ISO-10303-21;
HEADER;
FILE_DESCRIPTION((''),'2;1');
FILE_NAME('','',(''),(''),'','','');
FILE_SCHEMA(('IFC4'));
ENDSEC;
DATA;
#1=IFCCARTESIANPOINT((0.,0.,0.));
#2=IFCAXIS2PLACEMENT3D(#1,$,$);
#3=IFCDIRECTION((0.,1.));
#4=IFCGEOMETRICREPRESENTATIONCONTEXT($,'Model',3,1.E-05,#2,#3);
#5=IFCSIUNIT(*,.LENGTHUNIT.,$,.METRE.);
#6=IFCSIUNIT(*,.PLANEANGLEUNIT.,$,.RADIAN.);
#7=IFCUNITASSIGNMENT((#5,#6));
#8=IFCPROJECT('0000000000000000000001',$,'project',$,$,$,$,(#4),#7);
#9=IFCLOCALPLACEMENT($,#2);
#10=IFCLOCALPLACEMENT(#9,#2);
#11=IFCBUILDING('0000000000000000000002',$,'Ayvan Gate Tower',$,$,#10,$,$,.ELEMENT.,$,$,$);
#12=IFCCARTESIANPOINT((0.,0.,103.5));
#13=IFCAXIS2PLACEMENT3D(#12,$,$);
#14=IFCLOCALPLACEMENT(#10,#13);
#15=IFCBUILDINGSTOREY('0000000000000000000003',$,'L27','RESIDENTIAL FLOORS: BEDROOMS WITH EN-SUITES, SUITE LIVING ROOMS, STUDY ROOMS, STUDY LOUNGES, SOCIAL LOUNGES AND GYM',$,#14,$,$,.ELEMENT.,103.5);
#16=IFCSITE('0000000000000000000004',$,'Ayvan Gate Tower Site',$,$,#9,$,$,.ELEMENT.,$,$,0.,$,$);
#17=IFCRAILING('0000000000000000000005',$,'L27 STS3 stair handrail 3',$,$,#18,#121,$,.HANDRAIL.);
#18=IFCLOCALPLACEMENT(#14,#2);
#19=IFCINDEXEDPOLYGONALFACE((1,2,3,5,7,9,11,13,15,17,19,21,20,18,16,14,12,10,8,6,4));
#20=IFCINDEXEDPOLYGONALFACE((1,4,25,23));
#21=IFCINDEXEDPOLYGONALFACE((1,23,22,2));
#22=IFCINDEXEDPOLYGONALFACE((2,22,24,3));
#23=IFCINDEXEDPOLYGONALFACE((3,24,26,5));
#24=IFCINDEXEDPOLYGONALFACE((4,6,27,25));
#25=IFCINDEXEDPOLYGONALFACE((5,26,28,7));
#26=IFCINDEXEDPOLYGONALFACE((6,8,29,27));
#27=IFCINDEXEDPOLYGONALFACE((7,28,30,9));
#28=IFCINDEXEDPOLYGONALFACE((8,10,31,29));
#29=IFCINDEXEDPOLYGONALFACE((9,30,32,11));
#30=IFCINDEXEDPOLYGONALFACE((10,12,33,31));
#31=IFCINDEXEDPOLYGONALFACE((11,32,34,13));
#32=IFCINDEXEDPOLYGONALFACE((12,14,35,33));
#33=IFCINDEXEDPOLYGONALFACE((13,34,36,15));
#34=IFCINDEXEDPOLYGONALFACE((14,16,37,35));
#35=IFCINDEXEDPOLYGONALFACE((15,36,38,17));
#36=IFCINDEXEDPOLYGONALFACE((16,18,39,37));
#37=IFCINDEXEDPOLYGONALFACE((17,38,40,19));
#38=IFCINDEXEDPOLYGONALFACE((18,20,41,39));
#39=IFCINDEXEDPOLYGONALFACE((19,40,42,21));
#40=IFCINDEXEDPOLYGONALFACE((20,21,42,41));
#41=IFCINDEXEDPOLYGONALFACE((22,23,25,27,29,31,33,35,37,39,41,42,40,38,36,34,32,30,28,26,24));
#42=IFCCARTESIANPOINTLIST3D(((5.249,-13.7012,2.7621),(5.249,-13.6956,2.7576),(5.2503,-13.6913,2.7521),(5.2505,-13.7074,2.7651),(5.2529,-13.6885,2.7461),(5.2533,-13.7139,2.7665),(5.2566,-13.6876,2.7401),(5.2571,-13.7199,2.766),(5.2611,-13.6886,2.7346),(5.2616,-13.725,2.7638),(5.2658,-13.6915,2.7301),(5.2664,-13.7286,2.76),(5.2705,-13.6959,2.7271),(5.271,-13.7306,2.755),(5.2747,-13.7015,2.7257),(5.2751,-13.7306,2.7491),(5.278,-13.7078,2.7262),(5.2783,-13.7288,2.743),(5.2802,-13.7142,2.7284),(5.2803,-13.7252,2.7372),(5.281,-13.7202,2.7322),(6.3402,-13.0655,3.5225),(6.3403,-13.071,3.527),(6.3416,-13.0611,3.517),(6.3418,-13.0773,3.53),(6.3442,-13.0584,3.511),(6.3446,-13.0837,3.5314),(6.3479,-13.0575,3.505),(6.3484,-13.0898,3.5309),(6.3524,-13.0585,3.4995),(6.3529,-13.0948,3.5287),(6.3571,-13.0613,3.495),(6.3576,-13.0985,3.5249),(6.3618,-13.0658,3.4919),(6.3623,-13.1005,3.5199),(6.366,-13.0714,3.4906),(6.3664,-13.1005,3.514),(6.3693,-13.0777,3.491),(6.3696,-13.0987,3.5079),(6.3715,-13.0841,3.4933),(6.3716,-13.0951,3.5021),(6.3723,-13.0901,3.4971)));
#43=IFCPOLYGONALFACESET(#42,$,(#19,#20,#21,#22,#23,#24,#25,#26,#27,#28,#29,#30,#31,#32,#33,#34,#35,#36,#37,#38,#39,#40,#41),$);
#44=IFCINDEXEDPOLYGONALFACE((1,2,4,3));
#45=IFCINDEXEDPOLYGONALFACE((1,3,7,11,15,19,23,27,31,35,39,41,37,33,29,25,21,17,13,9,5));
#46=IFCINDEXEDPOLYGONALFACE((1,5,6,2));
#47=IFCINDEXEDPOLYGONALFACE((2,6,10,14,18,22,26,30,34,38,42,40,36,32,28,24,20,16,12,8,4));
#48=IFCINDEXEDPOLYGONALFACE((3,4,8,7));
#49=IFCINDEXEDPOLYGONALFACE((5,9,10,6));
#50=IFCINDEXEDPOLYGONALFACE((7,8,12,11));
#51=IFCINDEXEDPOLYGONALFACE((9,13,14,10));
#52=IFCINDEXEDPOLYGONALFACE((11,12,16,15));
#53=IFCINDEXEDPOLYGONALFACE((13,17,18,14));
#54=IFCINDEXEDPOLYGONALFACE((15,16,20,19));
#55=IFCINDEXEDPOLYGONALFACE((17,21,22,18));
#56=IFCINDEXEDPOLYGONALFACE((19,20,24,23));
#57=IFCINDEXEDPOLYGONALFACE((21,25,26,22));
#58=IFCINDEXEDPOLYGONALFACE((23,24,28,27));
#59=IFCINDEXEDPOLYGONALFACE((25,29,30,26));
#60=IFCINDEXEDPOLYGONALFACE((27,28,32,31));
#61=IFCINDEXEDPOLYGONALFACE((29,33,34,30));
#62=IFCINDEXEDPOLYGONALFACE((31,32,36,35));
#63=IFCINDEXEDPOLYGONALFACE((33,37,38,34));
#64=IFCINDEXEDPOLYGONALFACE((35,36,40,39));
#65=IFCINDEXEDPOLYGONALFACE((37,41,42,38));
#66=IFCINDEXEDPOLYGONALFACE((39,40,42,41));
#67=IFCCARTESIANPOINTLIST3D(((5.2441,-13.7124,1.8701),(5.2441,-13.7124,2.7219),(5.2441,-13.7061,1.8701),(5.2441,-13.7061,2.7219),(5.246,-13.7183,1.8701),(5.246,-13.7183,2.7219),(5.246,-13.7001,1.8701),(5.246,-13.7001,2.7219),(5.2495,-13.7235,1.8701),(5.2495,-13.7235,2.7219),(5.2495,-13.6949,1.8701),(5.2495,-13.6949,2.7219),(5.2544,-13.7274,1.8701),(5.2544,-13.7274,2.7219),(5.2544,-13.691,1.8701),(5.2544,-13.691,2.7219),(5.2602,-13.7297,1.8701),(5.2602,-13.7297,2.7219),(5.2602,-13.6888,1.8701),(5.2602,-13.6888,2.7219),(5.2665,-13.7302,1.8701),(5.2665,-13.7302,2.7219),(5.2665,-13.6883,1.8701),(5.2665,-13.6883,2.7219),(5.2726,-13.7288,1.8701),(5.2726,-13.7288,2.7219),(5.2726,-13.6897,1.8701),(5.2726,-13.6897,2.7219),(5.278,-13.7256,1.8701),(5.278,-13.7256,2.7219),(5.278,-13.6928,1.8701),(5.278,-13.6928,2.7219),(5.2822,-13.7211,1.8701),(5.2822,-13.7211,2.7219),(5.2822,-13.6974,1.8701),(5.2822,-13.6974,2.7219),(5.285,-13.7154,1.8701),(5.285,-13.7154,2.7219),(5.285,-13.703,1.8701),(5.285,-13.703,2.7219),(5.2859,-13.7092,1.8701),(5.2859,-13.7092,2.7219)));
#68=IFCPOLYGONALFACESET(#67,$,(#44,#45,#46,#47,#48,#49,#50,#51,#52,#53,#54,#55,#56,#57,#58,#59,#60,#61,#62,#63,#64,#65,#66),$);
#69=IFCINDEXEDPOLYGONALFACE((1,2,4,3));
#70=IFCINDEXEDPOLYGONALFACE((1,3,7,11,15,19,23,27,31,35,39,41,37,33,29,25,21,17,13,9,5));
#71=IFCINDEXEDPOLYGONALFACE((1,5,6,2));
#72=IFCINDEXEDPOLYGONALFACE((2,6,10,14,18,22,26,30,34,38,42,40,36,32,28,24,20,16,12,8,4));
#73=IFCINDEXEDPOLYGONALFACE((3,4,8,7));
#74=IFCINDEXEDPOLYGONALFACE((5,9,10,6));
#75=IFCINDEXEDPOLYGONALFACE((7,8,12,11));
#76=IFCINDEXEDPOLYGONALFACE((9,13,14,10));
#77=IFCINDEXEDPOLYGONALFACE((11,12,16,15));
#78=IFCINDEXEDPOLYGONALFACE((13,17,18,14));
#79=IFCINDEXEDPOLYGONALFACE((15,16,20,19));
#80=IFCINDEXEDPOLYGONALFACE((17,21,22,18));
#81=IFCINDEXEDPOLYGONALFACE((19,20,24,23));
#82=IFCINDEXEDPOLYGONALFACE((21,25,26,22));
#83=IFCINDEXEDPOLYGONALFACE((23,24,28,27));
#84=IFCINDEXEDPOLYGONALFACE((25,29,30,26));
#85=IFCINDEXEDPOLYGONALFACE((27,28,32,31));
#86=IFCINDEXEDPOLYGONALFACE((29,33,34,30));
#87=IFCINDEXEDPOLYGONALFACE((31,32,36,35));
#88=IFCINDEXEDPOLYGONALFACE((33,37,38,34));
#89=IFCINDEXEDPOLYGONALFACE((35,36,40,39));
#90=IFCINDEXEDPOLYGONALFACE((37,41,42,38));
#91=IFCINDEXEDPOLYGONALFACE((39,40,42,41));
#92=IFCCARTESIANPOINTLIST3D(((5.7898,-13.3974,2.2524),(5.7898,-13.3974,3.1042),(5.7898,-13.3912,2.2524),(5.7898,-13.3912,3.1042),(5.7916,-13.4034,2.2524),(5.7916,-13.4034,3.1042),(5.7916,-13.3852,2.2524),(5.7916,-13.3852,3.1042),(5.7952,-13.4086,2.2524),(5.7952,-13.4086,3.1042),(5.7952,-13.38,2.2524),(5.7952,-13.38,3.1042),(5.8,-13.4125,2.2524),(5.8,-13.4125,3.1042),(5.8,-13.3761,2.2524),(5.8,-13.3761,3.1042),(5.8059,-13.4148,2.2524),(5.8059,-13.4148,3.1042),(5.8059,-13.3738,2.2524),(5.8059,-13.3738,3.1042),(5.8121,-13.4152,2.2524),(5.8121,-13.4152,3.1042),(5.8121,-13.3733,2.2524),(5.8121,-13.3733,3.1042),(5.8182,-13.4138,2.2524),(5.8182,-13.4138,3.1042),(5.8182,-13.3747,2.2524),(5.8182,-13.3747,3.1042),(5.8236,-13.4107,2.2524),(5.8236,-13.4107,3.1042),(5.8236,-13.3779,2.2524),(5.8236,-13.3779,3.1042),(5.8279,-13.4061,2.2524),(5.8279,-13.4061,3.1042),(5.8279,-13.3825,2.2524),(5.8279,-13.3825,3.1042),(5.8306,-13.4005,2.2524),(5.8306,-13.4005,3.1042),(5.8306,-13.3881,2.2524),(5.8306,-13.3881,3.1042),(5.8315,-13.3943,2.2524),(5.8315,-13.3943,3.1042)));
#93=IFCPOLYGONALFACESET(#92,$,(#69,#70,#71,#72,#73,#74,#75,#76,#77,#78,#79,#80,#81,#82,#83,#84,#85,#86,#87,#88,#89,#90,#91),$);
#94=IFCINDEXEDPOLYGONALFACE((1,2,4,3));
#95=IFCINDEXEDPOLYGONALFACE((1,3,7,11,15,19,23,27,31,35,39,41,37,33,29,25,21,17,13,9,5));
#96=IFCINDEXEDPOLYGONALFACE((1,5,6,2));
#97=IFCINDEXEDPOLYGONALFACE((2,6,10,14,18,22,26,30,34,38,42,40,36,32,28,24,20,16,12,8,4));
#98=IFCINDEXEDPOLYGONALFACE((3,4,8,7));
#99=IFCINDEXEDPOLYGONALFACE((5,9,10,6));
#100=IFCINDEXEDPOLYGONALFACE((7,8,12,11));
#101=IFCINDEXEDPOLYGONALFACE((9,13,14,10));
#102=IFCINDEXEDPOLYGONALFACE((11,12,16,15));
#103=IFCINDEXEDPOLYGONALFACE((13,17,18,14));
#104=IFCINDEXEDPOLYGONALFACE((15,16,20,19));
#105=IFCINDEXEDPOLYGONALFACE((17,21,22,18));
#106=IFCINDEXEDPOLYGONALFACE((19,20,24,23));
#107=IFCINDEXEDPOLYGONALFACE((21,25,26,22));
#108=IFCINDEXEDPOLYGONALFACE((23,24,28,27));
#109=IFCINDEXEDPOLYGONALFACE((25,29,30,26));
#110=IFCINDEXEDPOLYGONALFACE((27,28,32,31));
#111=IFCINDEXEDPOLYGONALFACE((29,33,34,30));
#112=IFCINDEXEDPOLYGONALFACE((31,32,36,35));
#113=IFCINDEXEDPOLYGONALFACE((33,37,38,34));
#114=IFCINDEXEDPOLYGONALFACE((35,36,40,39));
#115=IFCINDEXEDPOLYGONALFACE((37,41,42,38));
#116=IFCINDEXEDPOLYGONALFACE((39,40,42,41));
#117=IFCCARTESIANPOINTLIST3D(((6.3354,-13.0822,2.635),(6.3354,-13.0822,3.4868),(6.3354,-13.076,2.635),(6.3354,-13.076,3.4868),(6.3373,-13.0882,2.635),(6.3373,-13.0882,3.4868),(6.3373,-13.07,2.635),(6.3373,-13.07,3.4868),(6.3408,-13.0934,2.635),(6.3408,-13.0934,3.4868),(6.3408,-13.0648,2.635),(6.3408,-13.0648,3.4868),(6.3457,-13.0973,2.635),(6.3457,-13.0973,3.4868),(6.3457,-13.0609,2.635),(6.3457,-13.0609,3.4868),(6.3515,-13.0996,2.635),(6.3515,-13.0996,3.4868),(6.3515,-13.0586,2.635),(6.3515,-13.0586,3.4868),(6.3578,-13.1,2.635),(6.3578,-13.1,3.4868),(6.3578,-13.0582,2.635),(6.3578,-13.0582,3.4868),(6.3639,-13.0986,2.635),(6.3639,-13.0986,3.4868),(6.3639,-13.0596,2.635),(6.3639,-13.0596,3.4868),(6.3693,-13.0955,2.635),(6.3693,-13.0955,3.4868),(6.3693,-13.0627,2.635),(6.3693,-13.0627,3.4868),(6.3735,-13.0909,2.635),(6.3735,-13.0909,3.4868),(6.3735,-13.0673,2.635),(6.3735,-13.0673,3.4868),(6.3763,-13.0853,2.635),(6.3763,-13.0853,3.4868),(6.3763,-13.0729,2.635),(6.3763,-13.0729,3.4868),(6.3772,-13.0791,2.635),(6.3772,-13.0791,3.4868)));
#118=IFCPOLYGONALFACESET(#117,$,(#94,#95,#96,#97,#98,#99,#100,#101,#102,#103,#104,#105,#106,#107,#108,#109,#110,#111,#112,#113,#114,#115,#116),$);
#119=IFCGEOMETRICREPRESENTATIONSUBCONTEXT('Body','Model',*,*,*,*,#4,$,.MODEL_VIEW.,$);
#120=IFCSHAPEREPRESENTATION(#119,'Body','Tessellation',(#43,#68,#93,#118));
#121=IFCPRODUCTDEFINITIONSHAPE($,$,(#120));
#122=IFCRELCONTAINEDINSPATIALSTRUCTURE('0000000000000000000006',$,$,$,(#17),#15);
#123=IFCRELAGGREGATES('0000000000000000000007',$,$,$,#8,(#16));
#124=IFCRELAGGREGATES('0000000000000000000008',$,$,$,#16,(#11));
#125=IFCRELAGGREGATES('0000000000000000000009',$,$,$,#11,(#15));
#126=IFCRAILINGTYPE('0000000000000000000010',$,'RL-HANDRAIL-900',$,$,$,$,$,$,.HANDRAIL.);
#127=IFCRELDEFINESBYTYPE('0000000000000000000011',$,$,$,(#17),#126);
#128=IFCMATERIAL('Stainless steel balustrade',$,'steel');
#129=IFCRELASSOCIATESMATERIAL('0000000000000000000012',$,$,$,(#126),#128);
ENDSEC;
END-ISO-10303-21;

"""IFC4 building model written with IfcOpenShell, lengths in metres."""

from ifc_helpers import new_model, si_unit, direction, frame, origin, origin_2d, place, context, subcontext, project, spatial, circle, extrude, material, type_object, element, save


model = new_model("IFC4")

# Units and contexts
model_context = context("Model", 3, precision=1e-05, world=origin(), true_north=direction((0.0, 1.0)))
body_context = subcontext(model_context, "Body", "Model", "MODEL_VIEW")
ifc_project = project(units=[si_unit("LENGTHUNIT", "METRE"), si_unit("PLANEANGLEUNIT", "RADIAN")], contexts=[model_context])

# Site, building, storey
site_placement = place(None, origin())
site = spatial("IfcSite", under=ifc_project, at=site_placement, Name="Ayvan Gate Tower Site", CompositionType="ELEMENT", RefElevation=0.0)
building_placement = place(site_placement, origin())
building = spatial("IfcBuilding", under=site, at=building_placement, Name="Ayvan Gate Tower", CompositionType="ELEMENT")
storey_placement = place(building_placement, frame((0.0, 0.0, 103.5)))
storey = spatial("IfcBuildingStorey", under=building, at=storey_placement, Name="L27", Description="RESIDENTIAL FLOORS: BEDROOMS WITH EN-SUITES, SUITE LIVING ROOMS, STUDY ROOMS, STUDY LOUNGES, SOCIAL LOUNGES AND GYM", CompositionType="ELEMENT", Elevation=103.5)

# Railing
ifc_material_1 = material(Name="Stainless steel balustrade", Category="steel")
railing_type_1 = type_object("IfcRailingType", Name="RL-HANDRAIL-900", PredefinedType="HANDRAIL", material=ifc_material_1)
railing_1_placement = place(storey_placement, frame((5.2649, -13.7092, 1.8701)))
element("IfcRailing", 1, at=railing_1_placement, inside=storey, type_object=railing_type_1, Name="L27 STS3 stair handrail 3", PredefinedType="HANDRAIL", context=body_context, shape_type="SweptSolid", body=[
    extrude(circle(Radius=0.0239, at=origin_2d()), frame((0.0, 0.0, 0.876), z_axis=(0.740304, 0.427455, 0.518875), x_axis=(-0.500035, 0.866005, 0.0)), (0.0, 0.0, 1.0), 1.4741),
    extrude(circle(Radius=0.021, at=origin_2d()), origin(), (0.0, 0.0, 1.0), 0.8518),
    extrude(circle(Radius=0.021, at=origin_2d()), frame((0.5457, 0.3149, 0.3823)), (0.0, 0.0, 1.0), 0.8518),
    extrude(circle(Radius=0.021, at=origin_2d()), frame((1.0913, 0.6301, 0.7649)), (0.0, 0.0, 1.0), 0.8518),
])

save(model, "model.ifc")
